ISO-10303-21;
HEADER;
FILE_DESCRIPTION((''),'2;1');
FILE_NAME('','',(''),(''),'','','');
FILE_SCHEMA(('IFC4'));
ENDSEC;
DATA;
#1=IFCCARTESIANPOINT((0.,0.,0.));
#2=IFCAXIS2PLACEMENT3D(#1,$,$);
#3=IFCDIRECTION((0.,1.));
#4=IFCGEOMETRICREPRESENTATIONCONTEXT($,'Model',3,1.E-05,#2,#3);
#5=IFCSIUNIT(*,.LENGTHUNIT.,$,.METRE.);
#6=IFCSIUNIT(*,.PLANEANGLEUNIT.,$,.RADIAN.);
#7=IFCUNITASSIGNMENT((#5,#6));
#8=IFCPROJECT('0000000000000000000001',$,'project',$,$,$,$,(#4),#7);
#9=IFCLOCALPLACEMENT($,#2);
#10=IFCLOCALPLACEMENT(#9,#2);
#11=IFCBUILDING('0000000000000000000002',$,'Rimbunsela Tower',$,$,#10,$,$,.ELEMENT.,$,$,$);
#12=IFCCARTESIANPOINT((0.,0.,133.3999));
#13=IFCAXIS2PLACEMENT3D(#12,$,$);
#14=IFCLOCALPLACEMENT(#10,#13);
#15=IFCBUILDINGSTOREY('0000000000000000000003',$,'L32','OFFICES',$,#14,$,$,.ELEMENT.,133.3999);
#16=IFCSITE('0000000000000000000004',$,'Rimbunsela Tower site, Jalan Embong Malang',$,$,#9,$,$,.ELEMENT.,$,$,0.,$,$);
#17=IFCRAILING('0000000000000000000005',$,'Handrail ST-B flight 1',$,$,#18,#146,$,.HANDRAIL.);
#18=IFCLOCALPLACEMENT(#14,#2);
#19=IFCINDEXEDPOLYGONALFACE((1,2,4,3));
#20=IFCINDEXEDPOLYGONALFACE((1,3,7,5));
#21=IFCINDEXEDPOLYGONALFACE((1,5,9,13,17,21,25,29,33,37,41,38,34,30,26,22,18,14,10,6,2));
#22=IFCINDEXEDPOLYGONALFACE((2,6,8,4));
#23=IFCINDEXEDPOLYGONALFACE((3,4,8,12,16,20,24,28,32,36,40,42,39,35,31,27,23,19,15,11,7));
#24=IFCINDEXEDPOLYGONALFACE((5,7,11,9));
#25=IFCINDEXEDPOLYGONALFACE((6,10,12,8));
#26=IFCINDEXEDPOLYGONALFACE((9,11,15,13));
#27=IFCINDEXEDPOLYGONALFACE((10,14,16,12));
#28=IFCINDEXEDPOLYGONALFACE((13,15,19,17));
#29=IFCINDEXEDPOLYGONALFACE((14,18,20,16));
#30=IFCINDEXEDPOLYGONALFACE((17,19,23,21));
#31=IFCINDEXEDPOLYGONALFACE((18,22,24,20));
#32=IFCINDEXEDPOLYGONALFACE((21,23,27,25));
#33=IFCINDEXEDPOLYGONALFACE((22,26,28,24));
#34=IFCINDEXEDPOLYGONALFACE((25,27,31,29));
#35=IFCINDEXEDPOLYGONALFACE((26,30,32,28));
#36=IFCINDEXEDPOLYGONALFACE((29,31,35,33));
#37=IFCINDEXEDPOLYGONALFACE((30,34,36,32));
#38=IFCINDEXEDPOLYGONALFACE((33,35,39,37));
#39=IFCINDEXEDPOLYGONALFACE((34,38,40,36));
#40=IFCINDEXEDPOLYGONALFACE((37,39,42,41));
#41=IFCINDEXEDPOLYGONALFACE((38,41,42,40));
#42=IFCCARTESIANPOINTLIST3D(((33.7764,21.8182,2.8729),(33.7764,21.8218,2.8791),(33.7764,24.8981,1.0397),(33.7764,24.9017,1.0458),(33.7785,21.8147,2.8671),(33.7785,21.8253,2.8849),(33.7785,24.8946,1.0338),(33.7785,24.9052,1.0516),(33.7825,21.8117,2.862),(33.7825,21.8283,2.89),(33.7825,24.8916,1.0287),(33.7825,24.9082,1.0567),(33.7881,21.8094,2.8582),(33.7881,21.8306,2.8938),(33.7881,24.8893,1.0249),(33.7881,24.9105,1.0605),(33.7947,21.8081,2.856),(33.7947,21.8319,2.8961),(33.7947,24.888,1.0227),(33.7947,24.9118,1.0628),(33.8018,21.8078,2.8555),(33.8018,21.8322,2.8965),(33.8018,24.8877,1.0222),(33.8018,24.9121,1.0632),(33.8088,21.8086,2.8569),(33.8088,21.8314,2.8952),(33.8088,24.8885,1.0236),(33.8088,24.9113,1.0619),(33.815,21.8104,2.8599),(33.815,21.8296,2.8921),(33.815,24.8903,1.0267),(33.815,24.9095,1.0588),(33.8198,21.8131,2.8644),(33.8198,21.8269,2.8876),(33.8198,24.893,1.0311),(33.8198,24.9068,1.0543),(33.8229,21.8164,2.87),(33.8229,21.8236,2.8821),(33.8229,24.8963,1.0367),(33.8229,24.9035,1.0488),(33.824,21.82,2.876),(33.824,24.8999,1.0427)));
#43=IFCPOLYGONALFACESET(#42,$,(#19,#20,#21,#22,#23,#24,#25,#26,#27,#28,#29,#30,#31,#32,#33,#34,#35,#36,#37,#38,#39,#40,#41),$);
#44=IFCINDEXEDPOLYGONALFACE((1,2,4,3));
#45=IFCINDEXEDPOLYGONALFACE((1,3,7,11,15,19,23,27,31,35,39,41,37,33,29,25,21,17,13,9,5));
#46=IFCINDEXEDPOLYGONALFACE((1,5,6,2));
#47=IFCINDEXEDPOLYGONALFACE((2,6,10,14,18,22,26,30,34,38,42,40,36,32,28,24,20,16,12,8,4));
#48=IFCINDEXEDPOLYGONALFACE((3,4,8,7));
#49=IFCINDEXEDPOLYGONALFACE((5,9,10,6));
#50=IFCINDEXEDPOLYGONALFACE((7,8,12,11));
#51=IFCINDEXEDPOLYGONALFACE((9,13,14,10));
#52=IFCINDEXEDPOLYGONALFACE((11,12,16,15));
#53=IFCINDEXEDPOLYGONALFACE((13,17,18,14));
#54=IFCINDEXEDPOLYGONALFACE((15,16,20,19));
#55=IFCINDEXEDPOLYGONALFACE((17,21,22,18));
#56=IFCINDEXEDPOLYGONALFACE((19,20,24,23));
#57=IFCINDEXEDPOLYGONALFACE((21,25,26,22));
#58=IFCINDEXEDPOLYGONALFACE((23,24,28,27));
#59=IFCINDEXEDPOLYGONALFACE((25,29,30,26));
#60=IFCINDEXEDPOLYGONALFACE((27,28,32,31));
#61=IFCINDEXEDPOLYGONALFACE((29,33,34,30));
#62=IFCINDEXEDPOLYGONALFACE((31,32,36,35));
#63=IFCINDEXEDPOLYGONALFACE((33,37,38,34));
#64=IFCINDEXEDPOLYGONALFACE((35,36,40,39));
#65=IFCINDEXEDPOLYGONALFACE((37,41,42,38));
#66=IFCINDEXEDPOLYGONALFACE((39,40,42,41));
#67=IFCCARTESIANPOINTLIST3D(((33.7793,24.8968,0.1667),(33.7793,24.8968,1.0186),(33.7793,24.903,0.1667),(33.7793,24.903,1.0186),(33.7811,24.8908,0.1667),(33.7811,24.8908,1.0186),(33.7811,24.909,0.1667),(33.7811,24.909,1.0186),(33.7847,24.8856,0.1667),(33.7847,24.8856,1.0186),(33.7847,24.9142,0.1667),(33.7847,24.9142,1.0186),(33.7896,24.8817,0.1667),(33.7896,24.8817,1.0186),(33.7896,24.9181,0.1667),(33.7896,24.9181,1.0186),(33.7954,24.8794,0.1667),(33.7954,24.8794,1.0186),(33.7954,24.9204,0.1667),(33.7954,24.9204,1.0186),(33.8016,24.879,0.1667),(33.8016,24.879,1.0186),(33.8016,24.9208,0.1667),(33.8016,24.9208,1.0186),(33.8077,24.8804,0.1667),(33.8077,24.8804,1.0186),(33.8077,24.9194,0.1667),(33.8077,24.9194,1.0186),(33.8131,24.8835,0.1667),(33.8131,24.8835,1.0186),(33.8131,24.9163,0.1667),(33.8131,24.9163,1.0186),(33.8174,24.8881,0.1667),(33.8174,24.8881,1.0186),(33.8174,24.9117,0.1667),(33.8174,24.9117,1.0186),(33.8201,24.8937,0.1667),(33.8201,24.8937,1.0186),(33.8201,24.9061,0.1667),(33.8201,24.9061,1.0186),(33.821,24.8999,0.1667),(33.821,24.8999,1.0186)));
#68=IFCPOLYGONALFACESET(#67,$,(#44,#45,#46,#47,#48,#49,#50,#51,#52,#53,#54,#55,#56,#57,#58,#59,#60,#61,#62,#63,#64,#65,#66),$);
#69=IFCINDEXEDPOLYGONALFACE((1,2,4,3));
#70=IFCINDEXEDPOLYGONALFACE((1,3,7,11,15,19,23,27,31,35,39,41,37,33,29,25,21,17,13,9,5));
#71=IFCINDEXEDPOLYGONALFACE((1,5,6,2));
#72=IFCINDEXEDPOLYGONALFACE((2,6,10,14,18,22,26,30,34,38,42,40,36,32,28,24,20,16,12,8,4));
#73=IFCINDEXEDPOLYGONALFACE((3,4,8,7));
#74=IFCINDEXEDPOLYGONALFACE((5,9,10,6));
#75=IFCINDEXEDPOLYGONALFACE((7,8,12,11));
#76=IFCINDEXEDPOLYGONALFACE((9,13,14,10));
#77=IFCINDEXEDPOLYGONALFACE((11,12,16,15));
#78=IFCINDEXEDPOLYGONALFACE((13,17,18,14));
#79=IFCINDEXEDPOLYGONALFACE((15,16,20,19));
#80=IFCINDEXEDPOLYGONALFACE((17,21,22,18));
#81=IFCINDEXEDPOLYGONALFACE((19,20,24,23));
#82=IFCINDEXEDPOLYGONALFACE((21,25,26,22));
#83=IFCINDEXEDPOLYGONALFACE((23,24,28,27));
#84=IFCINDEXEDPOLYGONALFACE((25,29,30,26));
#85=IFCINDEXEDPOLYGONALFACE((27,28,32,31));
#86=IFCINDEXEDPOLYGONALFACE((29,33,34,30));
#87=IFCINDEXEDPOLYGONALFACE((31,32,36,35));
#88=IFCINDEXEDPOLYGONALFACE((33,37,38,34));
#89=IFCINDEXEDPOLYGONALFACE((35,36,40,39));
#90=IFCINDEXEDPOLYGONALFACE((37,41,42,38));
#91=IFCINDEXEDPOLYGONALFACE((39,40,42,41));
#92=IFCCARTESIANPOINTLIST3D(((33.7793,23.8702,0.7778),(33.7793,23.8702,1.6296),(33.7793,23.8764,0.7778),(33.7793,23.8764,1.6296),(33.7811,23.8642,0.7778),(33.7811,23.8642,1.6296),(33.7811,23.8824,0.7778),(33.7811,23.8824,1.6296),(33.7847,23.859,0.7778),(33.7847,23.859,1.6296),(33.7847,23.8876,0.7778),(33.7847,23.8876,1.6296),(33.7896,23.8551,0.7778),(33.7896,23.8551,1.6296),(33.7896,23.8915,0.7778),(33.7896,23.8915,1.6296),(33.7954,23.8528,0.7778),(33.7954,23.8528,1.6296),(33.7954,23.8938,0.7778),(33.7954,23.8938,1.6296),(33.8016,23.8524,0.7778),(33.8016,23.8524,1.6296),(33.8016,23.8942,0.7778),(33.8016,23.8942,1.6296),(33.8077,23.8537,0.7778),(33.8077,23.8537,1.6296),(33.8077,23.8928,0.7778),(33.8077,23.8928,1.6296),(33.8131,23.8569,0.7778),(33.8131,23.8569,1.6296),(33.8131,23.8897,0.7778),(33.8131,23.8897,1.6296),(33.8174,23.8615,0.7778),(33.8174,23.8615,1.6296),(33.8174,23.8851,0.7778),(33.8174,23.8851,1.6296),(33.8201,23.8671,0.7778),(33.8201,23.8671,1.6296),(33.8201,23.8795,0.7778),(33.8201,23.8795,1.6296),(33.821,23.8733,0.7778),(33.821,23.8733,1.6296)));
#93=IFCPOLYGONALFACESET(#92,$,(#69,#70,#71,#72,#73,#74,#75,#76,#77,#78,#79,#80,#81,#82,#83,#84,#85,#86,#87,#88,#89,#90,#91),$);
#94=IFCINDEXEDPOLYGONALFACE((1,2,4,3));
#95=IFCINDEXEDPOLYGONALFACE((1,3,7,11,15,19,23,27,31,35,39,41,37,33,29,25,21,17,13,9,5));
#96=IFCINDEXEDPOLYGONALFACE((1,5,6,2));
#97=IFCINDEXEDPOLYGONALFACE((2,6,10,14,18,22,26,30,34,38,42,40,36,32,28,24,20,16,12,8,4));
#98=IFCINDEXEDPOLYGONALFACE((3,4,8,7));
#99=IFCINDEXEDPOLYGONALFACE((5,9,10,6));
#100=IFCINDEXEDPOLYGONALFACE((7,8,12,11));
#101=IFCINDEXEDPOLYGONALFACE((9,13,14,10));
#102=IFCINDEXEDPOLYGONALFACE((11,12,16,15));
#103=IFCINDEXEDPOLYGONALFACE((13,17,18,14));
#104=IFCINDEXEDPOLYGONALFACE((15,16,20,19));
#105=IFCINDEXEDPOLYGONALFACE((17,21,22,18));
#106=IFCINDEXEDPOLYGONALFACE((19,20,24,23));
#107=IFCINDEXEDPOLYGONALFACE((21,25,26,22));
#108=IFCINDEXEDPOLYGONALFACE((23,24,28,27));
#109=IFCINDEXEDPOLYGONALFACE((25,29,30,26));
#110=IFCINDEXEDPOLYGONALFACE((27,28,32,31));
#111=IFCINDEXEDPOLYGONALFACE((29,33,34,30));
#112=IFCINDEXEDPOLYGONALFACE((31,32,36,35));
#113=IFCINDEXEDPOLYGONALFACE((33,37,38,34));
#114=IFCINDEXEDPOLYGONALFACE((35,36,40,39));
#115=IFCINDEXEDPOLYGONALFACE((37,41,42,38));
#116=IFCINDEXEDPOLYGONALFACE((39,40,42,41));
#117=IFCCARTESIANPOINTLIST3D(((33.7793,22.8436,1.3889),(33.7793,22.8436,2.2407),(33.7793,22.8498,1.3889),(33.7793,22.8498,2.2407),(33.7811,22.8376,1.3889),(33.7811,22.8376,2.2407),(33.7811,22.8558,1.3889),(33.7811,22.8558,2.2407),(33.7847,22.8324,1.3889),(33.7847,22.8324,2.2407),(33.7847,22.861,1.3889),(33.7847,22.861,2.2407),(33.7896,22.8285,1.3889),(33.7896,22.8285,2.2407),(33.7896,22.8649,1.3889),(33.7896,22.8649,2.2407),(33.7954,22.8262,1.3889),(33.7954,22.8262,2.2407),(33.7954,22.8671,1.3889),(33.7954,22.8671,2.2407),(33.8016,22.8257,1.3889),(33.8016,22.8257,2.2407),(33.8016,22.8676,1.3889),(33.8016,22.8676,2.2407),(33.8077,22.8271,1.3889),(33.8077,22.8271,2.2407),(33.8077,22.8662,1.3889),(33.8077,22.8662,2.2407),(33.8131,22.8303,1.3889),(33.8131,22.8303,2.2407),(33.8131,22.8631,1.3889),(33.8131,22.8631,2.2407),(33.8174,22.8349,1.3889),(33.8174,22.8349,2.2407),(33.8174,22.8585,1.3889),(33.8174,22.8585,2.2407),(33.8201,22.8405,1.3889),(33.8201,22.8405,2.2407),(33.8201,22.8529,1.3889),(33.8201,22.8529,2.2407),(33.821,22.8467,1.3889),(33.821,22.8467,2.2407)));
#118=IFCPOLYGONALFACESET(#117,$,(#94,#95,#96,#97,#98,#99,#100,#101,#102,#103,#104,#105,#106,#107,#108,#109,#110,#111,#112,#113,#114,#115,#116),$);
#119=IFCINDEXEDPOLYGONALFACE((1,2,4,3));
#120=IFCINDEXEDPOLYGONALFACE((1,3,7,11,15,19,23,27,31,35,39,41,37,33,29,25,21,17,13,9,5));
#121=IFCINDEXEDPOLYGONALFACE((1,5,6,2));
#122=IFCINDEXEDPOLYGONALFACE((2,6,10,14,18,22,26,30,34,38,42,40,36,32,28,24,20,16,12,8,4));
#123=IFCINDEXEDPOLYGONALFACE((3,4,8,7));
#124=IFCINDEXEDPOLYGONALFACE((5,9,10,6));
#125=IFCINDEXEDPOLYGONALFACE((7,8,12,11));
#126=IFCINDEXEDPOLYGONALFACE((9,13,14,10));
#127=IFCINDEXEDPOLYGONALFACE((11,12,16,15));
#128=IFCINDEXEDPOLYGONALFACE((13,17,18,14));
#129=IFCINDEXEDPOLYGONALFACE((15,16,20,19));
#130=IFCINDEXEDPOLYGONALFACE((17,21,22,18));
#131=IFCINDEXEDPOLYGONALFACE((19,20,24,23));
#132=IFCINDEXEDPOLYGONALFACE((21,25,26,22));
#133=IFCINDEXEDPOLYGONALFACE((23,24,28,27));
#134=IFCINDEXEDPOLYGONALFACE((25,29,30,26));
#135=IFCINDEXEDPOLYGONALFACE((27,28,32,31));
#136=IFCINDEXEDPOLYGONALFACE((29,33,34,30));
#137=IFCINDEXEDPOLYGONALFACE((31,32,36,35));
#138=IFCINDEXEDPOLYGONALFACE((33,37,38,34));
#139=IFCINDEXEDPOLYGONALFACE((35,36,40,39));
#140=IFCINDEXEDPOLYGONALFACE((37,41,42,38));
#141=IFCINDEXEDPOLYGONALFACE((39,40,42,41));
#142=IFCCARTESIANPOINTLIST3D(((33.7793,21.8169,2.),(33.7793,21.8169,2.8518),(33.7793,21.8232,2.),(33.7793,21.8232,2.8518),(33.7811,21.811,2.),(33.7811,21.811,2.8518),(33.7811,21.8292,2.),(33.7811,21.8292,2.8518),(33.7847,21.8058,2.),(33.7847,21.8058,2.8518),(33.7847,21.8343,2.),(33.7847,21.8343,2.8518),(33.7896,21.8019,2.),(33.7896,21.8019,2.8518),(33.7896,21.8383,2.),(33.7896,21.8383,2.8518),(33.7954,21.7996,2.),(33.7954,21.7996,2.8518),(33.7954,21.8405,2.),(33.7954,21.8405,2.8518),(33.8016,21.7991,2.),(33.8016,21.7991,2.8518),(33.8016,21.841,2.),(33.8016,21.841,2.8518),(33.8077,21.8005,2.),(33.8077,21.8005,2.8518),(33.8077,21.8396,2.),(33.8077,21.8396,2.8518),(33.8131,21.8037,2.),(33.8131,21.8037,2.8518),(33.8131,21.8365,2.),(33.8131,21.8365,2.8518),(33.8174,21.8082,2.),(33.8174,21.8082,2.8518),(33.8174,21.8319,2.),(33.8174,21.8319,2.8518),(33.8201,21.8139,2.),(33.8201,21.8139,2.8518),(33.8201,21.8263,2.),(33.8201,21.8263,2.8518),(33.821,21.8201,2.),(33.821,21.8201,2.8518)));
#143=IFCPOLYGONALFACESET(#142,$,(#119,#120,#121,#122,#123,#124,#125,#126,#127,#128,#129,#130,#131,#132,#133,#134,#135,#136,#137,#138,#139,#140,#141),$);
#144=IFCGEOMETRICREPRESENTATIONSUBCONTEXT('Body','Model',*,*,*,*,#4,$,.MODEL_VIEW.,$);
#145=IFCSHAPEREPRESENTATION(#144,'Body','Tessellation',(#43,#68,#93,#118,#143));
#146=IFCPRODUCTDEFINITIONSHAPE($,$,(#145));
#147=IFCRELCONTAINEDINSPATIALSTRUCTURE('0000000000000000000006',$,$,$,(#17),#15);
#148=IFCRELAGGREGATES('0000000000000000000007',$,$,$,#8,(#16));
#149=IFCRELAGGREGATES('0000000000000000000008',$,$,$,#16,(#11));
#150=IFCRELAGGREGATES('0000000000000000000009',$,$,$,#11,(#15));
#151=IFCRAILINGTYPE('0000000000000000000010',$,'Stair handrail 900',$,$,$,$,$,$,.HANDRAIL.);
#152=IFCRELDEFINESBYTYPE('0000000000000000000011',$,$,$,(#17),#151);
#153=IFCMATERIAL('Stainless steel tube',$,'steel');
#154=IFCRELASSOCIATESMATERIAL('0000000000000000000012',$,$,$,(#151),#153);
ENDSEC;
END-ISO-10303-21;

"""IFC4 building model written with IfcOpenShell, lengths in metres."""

from ifc_helpers import new_model, si_unit, direction, frame, origin, origin_2d, place, context, subcontext, project, spatial, circle, extrude, material, type_object, element, save


model = new_model("IFC4")

# Units and contexts
model_context = context("Model", 3, precision=1e-05, world=origin(), true_north=direction((0.0, 1.0)))
body_context = subcontext(model_context, "Body", "Model", "MODEL_VIEW")
ifc_project = project(units=[si_unit("LENGTHUNIT", "METRE"), si_unit("PLANEANGLEUNIT", "RADIAN")], contexts=[model_context])

# Site, building, storey
site_placement = place(None, origin())
site = spatial("IfcSite", under=ifc_project, at=site_placement, Name="Rimbunsela Tower site, Jalan Embong Malang", CompositionType="ELEMENT", RefElevation=0.0)
building_placement = place(site_placement, origin())
building = spatial("IfcBuilding", under=site, at=building_placement, Name="Rimbunsela Tower", CompositionType="ELEMENT")
storey_placement = place(building_placement, frame((0.0, 0.0, 133.3999)))
storey = spatial("IfcBuildingStorey", under=building, at=storey_placement, Name="L32", Description="OFFICES", CompositionType="ELEMENT", Elevation=133.3999)

# Railing
ifc_material_1 = material(Name="Stainless steel tube", Category="steel")
railing_type = type_object("IfcRailingType", Name="Stair handrail 900", PredefinedType="HANDRAIL", material=ifc_material_1)
railing_placement = place(storey_placement, frame((33.8, 24.8999, 0.1667)))
element("IfcRailing", 1, at=railing_placement, inside=storey, type_object=railing_type, Name="Handrail ST-B flight 1", PredefinedType="HANDRAIL", context=body_context, shape_type="SweptSolid", body=[
    extrude(circle(Radius=0.0239, at=origin_2d()), frame((0.0, 0.0, 0.876), z_axis=(0.0, -0.859291, 0.511487), x_axis=(1.0, 0.0, 0.0)), (0.0, 0.0, 1.0), 3.5842),
    extrude(circle(Radius=0.021, at=origin_2d()), origin(), (0.0, 0.0, 1.0), 0.8518),
    extrude(circle(Radius=0.021, at=origin_2d()), frame((0.0, -1.0266, 0.6111)), (0.0, 0.0, 1.0), 0.8518),
    extrude(circle(Radius=0.021, at=origin_2d()), frame((0.0, -2.0532, 1.2222)), (0.0, 0.0, 1.0), 0.8518),
    extrude(circle(Radius=0.021, at=origin_2d()), frame((0.0, -3.0798, 1.8333)), (0.0, 0.0, 1.0), 0.8518),
])

save(model, "model.ifc")
